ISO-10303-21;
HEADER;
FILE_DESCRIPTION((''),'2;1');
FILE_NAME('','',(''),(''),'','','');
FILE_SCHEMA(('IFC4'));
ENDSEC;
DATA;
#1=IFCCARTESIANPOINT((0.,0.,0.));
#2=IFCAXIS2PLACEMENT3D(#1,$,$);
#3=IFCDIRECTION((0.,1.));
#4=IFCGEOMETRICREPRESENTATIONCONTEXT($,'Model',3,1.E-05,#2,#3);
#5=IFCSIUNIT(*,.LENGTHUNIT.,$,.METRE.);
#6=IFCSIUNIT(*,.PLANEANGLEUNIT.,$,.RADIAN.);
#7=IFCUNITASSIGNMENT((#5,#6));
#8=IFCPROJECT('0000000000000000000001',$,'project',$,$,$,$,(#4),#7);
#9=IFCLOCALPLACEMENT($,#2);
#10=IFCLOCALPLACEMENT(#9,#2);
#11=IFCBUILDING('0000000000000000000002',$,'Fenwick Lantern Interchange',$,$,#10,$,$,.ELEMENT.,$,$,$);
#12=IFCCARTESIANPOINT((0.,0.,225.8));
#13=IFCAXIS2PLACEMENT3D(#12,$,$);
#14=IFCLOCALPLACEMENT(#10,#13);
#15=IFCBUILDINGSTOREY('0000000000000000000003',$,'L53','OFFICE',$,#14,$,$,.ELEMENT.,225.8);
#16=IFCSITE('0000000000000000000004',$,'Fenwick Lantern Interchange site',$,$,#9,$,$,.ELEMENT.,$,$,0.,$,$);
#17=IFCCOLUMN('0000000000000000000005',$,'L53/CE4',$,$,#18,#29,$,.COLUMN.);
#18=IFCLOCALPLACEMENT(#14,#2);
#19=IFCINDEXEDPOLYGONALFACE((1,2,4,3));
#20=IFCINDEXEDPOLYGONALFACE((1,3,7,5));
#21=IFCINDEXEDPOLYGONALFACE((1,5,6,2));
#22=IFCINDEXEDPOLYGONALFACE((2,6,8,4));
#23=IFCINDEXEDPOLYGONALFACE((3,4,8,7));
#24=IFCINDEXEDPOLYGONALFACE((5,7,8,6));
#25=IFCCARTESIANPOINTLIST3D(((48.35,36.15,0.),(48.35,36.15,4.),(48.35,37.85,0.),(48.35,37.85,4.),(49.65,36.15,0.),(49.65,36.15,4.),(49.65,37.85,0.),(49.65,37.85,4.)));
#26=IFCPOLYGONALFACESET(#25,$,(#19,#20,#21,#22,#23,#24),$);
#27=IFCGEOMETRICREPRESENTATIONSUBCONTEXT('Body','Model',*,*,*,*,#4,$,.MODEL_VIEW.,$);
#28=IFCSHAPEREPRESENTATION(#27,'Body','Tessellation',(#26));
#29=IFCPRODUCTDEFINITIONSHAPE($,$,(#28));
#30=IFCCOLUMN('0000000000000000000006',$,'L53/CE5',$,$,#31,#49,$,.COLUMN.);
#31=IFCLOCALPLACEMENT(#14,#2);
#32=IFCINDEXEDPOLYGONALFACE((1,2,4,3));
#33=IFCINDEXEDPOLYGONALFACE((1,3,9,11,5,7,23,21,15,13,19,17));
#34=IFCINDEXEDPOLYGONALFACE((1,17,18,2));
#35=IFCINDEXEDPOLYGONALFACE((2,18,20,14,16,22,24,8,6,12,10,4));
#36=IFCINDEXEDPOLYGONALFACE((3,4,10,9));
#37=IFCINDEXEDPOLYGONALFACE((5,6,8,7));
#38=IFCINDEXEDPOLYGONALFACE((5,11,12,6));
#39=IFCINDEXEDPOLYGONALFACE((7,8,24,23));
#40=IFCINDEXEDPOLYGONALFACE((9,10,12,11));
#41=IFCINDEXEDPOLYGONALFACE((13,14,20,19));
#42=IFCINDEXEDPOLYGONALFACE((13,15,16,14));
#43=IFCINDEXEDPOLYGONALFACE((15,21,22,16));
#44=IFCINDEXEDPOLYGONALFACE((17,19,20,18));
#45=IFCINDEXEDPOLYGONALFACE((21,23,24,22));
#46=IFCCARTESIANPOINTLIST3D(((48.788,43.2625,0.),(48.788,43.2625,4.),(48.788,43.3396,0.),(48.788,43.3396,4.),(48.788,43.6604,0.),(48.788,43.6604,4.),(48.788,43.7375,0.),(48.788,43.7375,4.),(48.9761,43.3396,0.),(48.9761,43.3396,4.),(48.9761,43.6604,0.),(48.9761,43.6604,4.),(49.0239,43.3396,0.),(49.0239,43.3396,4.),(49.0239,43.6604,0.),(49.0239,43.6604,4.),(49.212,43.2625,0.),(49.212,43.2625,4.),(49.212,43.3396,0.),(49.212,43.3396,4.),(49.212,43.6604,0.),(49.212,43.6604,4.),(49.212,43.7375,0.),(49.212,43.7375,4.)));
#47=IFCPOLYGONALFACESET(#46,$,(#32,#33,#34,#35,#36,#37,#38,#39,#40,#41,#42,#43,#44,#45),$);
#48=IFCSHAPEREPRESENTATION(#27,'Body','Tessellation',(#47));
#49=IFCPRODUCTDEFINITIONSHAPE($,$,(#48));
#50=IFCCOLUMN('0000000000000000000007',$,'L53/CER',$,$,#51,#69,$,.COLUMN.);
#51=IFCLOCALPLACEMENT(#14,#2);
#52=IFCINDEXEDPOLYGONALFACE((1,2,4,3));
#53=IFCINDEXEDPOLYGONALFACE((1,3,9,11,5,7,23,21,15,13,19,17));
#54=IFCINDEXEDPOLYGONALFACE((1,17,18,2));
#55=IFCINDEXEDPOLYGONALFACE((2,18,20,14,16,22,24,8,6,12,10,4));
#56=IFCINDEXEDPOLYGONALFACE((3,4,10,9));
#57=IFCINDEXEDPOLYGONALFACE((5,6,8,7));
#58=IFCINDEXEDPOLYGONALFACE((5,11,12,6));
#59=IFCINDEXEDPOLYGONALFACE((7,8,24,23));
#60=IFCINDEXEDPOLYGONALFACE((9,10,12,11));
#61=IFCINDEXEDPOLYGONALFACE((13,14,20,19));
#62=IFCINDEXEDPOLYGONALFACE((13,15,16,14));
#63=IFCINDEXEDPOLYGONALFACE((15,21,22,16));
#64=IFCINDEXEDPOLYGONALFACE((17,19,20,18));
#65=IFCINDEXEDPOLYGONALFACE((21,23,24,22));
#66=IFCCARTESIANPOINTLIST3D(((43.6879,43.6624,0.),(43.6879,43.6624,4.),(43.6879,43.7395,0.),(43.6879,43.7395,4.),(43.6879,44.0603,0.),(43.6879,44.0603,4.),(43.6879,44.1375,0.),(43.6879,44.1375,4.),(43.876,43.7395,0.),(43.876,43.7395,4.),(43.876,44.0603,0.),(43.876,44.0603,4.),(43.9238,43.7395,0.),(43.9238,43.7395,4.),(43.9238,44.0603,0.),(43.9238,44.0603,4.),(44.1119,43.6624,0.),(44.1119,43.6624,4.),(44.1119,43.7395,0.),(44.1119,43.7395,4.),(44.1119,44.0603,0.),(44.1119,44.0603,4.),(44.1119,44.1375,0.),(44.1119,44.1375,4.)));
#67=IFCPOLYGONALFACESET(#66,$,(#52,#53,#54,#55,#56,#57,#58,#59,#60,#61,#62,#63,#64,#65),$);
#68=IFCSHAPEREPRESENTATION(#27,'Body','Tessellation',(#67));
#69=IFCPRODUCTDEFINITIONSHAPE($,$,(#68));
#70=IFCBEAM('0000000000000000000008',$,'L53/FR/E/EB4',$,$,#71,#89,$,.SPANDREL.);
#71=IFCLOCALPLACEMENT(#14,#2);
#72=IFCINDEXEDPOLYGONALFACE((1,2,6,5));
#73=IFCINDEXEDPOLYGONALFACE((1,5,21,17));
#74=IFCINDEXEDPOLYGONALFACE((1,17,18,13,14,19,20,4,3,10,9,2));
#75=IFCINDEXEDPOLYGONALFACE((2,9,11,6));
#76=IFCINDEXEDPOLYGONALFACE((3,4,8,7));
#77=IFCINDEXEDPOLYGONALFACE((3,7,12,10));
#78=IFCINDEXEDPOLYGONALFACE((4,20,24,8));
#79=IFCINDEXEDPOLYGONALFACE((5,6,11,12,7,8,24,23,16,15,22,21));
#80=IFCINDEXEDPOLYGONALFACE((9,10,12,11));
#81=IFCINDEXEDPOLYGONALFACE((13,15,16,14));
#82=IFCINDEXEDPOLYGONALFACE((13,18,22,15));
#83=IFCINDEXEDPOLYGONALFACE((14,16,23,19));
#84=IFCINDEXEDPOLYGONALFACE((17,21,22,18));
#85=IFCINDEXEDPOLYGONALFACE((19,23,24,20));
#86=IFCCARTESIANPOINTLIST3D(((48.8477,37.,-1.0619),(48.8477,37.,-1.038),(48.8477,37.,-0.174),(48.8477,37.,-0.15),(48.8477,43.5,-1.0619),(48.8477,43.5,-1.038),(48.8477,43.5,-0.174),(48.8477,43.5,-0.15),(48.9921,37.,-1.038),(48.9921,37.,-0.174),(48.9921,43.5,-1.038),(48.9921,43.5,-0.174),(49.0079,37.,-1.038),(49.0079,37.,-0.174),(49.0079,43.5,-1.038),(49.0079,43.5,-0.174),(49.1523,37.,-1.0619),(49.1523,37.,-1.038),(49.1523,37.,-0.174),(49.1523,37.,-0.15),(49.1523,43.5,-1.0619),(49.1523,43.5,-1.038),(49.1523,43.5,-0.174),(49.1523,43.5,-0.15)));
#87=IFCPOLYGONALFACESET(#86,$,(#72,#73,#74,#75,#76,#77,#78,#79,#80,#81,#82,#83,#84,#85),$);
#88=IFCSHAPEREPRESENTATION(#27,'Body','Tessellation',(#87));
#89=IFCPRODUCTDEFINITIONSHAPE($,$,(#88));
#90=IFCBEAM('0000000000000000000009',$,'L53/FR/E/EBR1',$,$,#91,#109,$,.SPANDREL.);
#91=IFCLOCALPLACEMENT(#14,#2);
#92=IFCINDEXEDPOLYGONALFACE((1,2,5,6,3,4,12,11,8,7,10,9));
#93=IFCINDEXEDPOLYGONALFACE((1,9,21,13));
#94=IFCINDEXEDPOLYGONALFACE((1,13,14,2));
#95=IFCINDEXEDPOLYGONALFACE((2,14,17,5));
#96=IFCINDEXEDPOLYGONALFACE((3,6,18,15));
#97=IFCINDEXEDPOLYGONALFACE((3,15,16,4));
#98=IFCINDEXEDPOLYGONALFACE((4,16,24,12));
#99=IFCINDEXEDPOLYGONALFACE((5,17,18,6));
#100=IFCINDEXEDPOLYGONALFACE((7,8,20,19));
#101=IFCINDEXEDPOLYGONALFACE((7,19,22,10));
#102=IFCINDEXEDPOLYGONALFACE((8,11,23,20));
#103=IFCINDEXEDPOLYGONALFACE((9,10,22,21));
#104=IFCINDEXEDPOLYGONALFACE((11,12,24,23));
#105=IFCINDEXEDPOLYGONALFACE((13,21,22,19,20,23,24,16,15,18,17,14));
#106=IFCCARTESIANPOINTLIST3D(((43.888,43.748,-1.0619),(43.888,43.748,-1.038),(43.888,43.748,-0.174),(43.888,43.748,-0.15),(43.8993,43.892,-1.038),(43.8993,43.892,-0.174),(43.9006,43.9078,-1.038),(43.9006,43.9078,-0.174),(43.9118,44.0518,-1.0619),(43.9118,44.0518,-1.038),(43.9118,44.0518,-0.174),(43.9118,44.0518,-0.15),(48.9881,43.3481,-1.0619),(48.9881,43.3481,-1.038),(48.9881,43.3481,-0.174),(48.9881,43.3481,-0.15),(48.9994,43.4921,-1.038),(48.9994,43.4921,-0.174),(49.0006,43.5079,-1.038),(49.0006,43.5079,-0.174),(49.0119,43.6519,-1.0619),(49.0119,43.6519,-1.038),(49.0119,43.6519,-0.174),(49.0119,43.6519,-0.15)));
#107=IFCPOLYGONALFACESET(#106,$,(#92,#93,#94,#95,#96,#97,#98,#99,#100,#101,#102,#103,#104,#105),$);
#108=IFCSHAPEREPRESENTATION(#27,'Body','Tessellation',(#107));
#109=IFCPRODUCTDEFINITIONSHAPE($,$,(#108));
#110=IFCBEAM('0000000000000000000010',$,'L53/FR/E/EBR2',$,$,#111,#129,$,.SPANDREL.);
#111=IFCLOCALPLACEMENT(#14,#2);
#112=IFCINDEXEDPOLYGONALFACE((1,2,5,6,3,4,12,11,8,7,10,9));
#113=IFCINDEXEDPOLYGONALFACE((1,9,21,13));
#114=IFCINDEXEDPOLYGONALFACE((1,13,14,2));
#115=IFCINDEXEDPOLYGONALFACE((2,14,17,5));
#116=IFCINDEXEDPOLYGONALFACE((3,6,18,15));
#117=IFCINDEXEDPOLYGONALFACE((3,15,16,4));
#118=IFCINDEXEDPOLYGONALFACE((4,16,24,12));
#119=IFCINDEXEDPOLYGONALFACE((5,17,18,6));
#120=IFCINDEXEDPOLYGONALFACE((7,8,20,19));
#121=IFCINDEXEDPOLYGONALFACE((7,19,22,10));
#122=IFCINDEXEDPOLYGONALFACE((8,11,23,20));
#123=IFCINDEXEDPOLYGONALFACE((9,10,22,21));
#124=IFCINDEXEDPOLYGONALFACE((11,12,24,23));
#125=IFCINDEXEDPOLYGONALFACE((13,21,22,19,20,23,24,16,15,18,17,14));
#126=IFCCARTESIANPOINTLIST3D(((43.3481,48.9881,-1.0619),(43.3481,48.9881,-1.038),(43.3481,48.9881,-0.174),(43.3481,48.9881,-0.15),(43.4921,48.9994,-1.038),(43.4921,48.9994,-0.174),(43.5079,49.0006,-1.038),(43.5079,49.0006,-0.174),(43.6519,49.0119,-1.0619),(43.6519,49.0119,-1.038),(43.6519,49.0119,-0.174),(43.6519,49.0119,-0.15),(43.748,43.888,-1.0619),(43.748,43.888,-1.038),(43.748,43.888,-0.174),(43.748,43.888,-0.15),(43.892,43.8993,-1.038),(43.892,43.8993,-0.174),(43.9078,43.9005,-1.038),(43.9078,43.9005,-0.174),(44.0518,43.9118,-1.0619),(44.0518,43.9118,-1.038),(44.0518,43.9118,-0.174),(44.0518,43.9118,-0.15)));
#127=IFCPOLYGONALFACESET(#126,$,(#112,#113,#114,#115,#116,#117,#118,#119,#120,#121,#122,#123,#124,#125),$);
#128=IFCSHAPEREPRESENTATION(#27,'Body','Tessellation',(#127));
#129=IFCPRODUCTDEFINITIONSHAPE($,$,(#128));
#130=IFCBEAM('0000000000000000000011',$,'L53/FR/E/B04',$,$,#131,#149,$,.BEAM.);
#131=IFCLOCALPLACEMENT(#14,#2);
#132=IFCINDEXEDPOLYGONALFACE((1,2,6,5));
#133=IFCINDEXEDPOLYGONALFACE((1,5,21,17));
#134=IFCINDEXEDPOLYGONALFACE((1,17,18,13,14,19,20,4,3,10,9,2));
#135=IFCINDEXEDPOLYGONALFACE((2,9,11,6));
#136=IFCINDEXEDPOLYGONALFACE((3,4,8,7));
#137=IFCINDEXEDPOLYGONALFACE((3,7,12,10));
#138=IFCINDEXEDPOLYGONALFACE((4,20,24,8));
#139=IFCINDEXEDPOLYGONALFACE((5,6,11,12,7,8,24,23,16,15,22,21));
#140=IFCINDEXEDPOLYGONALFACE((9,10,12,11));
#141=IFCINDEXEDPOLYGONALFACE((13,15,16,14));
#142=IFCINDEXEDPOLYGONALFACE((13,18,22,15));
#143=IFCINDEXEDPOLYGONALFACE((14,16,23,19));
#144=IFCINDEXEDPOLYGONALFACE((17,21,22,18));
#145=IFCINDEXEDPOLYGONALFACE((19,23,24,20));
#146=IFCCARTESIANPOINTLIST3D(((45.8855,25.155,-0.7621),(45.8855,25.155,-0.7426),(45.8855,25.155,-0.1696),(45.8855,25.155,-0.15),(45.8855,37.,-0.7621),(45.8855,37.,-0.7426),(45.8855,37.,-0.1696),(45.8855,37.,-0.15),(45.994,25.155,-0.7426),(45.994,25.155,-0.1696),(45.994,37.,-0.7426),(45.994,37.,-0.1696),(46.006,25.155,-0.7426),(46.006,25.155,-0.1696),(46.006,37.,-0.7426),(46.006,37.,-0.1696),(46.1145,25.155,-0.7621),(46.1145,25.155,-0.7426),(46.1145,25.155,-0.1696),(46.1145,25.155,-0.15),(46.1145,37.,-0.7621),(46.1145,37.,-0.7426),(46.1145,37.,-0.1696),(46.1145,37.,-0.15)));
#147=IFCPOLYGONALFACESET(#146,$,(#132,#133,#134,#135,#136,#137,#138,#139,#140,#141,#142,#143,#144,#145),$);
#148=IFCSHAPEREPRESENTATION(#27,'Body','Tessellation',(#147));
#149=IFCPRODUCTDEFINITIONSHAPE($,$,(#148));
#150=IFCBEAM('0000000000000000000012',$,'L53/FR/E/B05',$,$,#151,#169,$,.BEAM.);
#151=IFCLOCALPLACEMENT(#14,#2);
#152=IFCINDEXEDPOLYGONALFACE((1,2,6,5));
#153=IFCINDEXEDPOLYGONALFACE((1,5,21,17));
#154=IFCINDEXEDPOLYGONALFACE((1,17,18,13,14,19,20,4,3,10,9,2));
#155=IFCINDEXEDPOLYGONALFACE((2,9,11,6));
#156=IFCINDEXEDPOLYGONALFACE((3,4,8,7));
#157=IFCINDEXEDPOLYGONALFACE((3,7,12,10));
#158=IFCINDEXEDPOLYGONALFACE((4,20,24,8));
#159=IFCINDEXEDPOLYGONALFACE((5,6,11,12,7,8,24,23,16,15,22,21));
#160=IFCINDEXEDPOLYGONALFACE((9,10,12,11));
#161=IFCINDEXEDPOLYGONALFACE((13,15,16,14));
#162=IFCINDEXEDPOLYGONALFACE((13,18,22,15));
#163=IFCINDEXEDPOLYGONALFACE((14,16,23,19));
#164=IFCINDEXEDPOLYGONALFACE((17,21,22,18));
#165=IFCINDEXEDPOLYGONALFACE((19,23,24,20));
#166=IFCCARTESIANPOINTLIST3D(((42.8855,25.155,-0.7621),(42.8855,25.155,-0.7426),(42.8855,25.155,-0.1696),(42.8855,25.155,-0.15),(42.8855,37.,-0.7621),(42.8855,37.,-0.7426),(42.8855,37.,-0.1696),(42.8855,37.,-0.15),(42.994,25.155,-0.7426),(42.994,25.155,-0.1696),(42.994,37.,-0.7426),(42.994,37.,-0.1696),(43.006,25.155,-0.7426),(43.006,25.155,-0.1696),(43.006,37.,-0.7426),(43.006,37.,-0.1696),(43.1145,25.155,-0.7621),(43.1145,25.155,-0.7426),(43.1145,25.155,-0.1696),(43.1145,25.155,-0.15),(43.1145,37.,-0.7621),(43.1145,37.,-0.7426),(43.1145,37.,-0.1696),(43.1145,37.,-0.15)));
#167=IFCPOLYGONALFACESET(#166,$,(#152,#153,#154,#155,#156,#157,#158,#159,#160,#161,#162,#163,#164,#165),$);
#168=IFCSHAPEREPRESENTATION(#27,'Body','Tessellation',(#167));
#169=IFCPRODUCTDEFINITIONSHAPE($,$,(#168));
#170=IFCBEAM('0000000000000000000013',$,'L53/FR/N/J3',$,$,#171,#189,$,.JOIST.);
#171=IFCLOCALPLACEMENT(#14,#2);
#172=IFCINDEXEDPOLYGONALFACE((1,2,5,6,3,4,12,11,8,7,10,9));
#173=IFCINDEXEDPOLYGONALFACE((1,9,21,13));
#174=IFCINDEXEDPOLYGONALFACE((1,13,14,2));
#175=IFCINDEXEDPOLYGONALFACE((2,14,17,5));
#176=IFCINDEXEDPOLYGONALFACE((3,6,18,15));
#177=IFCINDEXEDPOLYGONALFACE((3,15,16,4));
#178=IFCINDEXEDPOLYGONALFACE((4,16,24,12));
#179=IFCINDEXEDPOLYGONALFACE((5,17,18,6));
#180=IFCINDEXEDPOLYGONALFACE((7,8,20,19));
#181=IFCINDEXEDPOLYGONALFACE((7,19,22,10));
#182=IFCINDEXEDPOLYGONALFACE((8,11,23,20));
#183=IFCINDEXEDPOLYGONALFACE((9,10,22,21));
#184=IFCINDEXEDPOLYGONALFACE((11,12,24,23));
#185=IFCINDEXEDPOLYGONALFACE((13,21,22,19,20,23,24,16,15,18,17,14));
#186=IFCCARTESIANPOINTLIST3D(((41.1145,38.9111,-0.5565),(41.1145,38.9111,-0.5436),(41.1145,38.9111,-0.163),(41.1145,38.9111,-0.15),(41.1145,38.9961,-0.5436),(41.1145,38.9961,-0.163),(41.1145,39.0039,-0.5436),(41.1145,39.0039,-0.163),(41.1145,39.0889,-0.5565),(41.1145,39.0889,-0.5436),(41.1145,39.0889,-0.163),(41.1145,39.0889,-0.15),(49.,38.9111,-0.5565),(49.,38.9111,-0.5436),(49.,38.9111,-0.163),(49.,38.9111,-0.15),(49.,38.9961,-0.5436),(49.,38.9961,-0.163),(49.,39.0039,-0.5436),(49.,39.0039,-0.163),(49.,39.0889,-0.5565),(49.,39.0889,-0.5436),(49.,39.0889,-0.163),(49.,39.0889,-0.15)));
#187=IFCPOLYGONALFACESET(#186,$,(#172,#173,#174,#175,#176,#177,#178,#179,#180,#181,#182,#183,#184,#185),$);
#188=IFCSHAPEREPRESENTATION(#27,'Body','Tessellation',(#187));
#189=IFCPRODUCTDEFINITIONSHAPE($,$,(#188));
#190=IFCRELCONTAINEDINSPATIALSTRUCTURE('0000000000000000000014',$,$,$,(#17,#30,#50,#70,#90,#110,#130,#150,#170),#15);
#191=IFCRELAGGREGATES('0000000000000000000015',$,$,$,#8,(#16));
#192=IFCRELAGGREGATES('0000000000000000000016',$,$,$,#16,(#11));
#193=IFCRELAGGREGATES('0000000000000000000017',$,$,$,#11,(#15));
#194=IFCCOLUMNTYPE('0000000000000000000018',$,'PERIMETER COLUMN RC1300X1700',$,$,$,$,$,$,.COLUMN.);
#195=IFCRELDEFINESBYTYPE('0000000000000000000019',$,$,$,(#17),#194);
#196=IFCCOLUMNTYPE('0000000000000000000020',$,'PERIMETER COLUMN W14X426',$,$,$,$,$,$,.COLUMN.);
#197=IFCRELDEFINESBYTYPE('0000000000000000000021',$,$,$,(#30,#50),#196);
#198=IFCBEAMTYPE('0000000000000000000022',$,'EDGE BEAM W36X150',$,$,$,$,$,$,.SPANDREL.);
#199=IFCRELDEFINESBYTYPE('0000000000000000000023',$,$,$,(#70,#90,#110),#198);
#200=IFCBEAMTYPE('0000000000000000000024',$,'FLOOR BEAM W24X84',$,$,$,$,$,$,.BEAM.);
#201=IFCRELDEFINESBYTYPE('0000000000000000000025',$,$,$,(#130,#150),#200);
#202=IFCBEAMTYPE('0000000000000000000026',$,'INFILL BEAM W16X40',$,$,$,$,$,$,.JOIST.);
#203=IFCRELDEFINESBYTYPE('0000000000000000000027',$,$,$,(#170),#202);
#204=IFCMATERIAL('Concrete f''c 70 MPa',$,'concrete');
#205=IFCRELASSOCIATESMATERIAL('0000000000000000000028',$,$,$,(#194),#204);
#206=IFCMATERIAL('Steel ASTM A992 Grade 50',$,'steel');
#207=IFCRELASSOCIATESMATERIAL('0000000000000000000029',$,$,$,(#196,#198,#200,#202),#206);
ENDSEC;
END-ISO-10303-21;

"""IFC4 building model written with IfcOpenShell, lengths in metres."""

from ifc_helpers import new_model, si_unit, direction, frame, origin, origin_2d, place, context, subcontext, project, spatial, rectangle, i_section, extrude, material, material_profile, profile_set, type_object, element, save


model = new_model("IFC4")

# Units and contexts
model_context = context("Model", 3, precision=1e-05, world=origin(), true_north=direction((0.0, 1.0)))
body_context = subcontext(model_context, "Body", "Model", "MODEL_VIEW")
ifc_project = project(units=[si_unit("LENGTHUNIT", "METRE"), si_unit("PLANEANGLEUNIT", "RADIAN")], contexts=[model_context])

# Site, building, storey
site_placement = place(None, origin())
site = spatial("IfcSite", under=ifc_project, at=site_placement, Name="Fenwick Lantern Interchange site", CompositionType="ELEMENT", RefElevation=0.0)
building_placement = place(site_placement, origin())
building = spatial("IfcBuilding", under=site, at=building_placement, Name="Fenwick Lantern Interchange", CompositionType="ELEMENT")
storey_placement = place(building_placement, frame((0.0, 0.0, 225.8)))
storey = spatial("IfcBuildingStorey", under=building, at=storey_placement, Name="L53", Description="OFFICE", CompositionType="ELEMENT", Elevation=225.8)

# Columns
ifc_material_1 = material(Name="Concrete f'c 70 MPa", Category="concrete")
ifc_material_profile_1 = material_profile(ifc_material_1, rectangle(XDim=1.3, YDim=1.7, at=origin_2d()), Name="RC1300X1700")
ifc_profile_set_1 = profile_set([ifc_material_profile_1], Name="Concrete f'c 70 MPa")
column_type_1 = type_object("IfcColumnType", Name="PERIMETER COLUMN RC1300X1700", PredefinedType="COLUMN", material=ifc_profile_set_1)
column_placement = place(storey_placement, frame((49.0, 37.0, 0.0), z_axis=(0.0, 0.0, 1.0), x_axis=(1.0, 0.0, 0.0)))
element("IfcColumn", 1, at=column_placement, inside=storey, type_object=column_type_1, Name="L53/CE4", PredefinedType="COLUMN", context=body_context, shape_type="SweptSolid", body=[
    extrude(rectangle(XDim=1.3, YDim=1.7, at=origin_2d()), origin(), (0.0, 0.0, 1.0), 4.0),
])
ifc_material_2 = material(Name="Steel ASTM A992 Grade 50", Category="steel")
ifc_material_profile_2 = material_profile(ifc_material_2, i_section(OverallWidth=0.4241, OverallDepth=0.4751, WebThickness=0.0479, FlangeThickness=0.0771, at=origin_2d()), Name="W14X426")
ifc_profile_set_2 = profile_set([ifc_material_profile_2], Name="Steel ASTM A992 Grade 50")
column_type_2 = type_object("IfcColumnType", Name="PERIMETER COLUMN W14X426", PredefinedType="COLUMN", material=ifc_profile_set_2)
for number, where, z_axis, x_axis, name in (
    (2, (49.0, 43.5, 0.0), (0.0, 0.0, 1.0), (1.0, 0.0, 0.0), "L53/CE5"),
    (3, (43.8999, 43.8999, 0.0), (0.0, 0.0, 1.0), (1.0, 0.0, 0.0), "L53/CER"),
):
    element("IfcColumn", number, at=place(storey_placement, frame(where, z_axis=z_axis, x_axis=x_axis)), inside=storey, type_object=column_type_2, Name=name, PredefinedType="COLUMN", context=body_context, shape_type="SweptSolid", body=[
        extrude(i_section(OverallWidth=0.4241, OverallDepth=0.4751, WebThickness=0.0479, FlangeThickness=0.0771, at=origin_2d()), origin(), (0.0, 0.0, 1.0), 4.0),
    ])

# Beams
ifc_material_profile_3 = material_profile(ifc_material_2, i_section(OverallWidth=0.3047, OverallDepth=0.9119, WebThickness=0.0159, FlangeThickness=0.0239, at=origin_2d()), Name="W36X150")
ifc_profile_set_3 = profile_set([ifc_material_profile_3], Name="Steel ASTM A992 Grade 50")
beam_type_1 = type_object("IfcBeamType", Name="EDGE BEAM W36X150", PredefinedType="SPANDREL", material=ifc_profile_set_3)
beam_1_placement = place(storey_placement, frame((49.0, 37.0, -0.606), z_axis=(0.0, 1.0, 0.0), x_axis=(-1.0, 0.0, 0.0)))
element("IfcBeam", 4, at=beam_1_placement, inside=storey, type_object=beam_type_1, Name="L53/FR/E/EB4", PredefinedType="SPANDREL", context=body_context, shape_type="SweptSolid", body=[
    extrude(i_section(OverallWidth=0.3047, OverallDepth=0.9119, WebThickness=0.0159, FlangeThickness=0.0239, at=origin_2d()), origin(), (0.0, 0.0, 1.0), 6.5),
])
for number, where, z_axis, x_axis, name in (
    (5, (49.0, 43.5, -0.606), (-0.99694, 0.078171, 0.0), (-0.078171, -0.99694, 0.0), "L53/FR/E/EBR1"),
    (6, (43.8999, 43.8999, -0.606), (-0.078171, 0.99694, 0.0), (-0.99694, -0.078171, 0.0), "L53/FR/E/EBR2"),
):
    element("IfcBeam", number, at=place(storey_placement, frame(where, z_axis=z_axis, x_axis=x_axis)), inside=storey, type_object=beam_type_1, Name=name, PredefinedType="SPANDREL", context=body_context, shape_type="SweptSolid", body=[
        extrude(i_section(OverallWidth=0.3047, OverallDepth=0.9119, WebThickness=0.0159, FlangeThickness=0.0239, at=origin_2d()), origin(), (0.0, 0.0, 1.0), 5.1157),
    ])
ifc_material_profile_4 = material_profile(ifc_material_2, i_section(OverallWidth=0.229, OverallDepth=0.6121, WebThickness=0.012, FlangeThickness=0.0195, at=origin_2d()), Name="W24X84")
ifc_profile_set_4 = profile_set([ifc_material_profile_4], Name="Steel ASTM A992 Grade 50")
beam_type_2 = type_object("IfcBeamType", Name="FLOOR BEAM W24X84", PredefinedType="BEAM", material=ifc_profile_set_4)
for number, where, z_axis, x_axis, name in (
    (7, (46.0, 25.155, -0.4561), (0.0, 1.0, 0.0), (-1.0, 0.0, 0.0), "L53/FR/E/B04"),
    (8, (43.0, 25.155, -0.4561), (0.0, 1.0, 0.0), (-1.0, 0.0, 0.0), "L53/FR/E/B05"),
):
    element("IfcBeam", number, at=place(storey_placement, frame(where, z_axis=z_axis, x_axis=x_axis)), inside=storey, type_object=beam_type_2, Name=name, PredefinedType="BEAM", context=body_context, shape_type="SweptSolid", body=[
        extrude(i_section(OverallWidth=0.229, OverallDepth=0.6121, WebThickness=0.012, FlangeThickness=0.0195, at=origin_2d()), origin(), (0.0, 0.0, 1.0), 11.845),
    ])
ifc_material_profile_5 = material_profile(ifc_material_2, i_section(OverallWidth=0.1777, OverallDepth=0.4065, WebThickness=0.0078, FlangeThickness=0.0129, at=origin_2d()), Name="W16X40")
ifc_profile_set_5 = profile_set([ifc_material_profile_5], Name="Steel ASTM A992 Grade 50")
beam_type_3 = type_object("IfcBeamType", Name="INFILL BEAM W16X40", PredefinedType="JOIST", material=ifc_profile_set_5)
beam_2_placement = place(storey_placement, frame((49.0, 39.0, -0.3533), z_axis=(-1.0, 0.0, 0.0), x_axis=(0.0, -1.0, 0.0)))
element("IfcBeam", 9, at=beam_2_placement, inside=storey, type_object=beam_type_3, Name="L53/FR/N/J3", PredefinedType="JOIST", context=body_context, shape_type="SweptSolid", body=[
    extrude(i_section(OverallWidth=0.1777, OverallDepth=0.4065, WebThickness=0.0078, FlangeThickness=0.0129, at=origin_2d()), origin(), (0.0, 0.0, 1.0), 7.8855),
])

save(model, "model.ifc")
